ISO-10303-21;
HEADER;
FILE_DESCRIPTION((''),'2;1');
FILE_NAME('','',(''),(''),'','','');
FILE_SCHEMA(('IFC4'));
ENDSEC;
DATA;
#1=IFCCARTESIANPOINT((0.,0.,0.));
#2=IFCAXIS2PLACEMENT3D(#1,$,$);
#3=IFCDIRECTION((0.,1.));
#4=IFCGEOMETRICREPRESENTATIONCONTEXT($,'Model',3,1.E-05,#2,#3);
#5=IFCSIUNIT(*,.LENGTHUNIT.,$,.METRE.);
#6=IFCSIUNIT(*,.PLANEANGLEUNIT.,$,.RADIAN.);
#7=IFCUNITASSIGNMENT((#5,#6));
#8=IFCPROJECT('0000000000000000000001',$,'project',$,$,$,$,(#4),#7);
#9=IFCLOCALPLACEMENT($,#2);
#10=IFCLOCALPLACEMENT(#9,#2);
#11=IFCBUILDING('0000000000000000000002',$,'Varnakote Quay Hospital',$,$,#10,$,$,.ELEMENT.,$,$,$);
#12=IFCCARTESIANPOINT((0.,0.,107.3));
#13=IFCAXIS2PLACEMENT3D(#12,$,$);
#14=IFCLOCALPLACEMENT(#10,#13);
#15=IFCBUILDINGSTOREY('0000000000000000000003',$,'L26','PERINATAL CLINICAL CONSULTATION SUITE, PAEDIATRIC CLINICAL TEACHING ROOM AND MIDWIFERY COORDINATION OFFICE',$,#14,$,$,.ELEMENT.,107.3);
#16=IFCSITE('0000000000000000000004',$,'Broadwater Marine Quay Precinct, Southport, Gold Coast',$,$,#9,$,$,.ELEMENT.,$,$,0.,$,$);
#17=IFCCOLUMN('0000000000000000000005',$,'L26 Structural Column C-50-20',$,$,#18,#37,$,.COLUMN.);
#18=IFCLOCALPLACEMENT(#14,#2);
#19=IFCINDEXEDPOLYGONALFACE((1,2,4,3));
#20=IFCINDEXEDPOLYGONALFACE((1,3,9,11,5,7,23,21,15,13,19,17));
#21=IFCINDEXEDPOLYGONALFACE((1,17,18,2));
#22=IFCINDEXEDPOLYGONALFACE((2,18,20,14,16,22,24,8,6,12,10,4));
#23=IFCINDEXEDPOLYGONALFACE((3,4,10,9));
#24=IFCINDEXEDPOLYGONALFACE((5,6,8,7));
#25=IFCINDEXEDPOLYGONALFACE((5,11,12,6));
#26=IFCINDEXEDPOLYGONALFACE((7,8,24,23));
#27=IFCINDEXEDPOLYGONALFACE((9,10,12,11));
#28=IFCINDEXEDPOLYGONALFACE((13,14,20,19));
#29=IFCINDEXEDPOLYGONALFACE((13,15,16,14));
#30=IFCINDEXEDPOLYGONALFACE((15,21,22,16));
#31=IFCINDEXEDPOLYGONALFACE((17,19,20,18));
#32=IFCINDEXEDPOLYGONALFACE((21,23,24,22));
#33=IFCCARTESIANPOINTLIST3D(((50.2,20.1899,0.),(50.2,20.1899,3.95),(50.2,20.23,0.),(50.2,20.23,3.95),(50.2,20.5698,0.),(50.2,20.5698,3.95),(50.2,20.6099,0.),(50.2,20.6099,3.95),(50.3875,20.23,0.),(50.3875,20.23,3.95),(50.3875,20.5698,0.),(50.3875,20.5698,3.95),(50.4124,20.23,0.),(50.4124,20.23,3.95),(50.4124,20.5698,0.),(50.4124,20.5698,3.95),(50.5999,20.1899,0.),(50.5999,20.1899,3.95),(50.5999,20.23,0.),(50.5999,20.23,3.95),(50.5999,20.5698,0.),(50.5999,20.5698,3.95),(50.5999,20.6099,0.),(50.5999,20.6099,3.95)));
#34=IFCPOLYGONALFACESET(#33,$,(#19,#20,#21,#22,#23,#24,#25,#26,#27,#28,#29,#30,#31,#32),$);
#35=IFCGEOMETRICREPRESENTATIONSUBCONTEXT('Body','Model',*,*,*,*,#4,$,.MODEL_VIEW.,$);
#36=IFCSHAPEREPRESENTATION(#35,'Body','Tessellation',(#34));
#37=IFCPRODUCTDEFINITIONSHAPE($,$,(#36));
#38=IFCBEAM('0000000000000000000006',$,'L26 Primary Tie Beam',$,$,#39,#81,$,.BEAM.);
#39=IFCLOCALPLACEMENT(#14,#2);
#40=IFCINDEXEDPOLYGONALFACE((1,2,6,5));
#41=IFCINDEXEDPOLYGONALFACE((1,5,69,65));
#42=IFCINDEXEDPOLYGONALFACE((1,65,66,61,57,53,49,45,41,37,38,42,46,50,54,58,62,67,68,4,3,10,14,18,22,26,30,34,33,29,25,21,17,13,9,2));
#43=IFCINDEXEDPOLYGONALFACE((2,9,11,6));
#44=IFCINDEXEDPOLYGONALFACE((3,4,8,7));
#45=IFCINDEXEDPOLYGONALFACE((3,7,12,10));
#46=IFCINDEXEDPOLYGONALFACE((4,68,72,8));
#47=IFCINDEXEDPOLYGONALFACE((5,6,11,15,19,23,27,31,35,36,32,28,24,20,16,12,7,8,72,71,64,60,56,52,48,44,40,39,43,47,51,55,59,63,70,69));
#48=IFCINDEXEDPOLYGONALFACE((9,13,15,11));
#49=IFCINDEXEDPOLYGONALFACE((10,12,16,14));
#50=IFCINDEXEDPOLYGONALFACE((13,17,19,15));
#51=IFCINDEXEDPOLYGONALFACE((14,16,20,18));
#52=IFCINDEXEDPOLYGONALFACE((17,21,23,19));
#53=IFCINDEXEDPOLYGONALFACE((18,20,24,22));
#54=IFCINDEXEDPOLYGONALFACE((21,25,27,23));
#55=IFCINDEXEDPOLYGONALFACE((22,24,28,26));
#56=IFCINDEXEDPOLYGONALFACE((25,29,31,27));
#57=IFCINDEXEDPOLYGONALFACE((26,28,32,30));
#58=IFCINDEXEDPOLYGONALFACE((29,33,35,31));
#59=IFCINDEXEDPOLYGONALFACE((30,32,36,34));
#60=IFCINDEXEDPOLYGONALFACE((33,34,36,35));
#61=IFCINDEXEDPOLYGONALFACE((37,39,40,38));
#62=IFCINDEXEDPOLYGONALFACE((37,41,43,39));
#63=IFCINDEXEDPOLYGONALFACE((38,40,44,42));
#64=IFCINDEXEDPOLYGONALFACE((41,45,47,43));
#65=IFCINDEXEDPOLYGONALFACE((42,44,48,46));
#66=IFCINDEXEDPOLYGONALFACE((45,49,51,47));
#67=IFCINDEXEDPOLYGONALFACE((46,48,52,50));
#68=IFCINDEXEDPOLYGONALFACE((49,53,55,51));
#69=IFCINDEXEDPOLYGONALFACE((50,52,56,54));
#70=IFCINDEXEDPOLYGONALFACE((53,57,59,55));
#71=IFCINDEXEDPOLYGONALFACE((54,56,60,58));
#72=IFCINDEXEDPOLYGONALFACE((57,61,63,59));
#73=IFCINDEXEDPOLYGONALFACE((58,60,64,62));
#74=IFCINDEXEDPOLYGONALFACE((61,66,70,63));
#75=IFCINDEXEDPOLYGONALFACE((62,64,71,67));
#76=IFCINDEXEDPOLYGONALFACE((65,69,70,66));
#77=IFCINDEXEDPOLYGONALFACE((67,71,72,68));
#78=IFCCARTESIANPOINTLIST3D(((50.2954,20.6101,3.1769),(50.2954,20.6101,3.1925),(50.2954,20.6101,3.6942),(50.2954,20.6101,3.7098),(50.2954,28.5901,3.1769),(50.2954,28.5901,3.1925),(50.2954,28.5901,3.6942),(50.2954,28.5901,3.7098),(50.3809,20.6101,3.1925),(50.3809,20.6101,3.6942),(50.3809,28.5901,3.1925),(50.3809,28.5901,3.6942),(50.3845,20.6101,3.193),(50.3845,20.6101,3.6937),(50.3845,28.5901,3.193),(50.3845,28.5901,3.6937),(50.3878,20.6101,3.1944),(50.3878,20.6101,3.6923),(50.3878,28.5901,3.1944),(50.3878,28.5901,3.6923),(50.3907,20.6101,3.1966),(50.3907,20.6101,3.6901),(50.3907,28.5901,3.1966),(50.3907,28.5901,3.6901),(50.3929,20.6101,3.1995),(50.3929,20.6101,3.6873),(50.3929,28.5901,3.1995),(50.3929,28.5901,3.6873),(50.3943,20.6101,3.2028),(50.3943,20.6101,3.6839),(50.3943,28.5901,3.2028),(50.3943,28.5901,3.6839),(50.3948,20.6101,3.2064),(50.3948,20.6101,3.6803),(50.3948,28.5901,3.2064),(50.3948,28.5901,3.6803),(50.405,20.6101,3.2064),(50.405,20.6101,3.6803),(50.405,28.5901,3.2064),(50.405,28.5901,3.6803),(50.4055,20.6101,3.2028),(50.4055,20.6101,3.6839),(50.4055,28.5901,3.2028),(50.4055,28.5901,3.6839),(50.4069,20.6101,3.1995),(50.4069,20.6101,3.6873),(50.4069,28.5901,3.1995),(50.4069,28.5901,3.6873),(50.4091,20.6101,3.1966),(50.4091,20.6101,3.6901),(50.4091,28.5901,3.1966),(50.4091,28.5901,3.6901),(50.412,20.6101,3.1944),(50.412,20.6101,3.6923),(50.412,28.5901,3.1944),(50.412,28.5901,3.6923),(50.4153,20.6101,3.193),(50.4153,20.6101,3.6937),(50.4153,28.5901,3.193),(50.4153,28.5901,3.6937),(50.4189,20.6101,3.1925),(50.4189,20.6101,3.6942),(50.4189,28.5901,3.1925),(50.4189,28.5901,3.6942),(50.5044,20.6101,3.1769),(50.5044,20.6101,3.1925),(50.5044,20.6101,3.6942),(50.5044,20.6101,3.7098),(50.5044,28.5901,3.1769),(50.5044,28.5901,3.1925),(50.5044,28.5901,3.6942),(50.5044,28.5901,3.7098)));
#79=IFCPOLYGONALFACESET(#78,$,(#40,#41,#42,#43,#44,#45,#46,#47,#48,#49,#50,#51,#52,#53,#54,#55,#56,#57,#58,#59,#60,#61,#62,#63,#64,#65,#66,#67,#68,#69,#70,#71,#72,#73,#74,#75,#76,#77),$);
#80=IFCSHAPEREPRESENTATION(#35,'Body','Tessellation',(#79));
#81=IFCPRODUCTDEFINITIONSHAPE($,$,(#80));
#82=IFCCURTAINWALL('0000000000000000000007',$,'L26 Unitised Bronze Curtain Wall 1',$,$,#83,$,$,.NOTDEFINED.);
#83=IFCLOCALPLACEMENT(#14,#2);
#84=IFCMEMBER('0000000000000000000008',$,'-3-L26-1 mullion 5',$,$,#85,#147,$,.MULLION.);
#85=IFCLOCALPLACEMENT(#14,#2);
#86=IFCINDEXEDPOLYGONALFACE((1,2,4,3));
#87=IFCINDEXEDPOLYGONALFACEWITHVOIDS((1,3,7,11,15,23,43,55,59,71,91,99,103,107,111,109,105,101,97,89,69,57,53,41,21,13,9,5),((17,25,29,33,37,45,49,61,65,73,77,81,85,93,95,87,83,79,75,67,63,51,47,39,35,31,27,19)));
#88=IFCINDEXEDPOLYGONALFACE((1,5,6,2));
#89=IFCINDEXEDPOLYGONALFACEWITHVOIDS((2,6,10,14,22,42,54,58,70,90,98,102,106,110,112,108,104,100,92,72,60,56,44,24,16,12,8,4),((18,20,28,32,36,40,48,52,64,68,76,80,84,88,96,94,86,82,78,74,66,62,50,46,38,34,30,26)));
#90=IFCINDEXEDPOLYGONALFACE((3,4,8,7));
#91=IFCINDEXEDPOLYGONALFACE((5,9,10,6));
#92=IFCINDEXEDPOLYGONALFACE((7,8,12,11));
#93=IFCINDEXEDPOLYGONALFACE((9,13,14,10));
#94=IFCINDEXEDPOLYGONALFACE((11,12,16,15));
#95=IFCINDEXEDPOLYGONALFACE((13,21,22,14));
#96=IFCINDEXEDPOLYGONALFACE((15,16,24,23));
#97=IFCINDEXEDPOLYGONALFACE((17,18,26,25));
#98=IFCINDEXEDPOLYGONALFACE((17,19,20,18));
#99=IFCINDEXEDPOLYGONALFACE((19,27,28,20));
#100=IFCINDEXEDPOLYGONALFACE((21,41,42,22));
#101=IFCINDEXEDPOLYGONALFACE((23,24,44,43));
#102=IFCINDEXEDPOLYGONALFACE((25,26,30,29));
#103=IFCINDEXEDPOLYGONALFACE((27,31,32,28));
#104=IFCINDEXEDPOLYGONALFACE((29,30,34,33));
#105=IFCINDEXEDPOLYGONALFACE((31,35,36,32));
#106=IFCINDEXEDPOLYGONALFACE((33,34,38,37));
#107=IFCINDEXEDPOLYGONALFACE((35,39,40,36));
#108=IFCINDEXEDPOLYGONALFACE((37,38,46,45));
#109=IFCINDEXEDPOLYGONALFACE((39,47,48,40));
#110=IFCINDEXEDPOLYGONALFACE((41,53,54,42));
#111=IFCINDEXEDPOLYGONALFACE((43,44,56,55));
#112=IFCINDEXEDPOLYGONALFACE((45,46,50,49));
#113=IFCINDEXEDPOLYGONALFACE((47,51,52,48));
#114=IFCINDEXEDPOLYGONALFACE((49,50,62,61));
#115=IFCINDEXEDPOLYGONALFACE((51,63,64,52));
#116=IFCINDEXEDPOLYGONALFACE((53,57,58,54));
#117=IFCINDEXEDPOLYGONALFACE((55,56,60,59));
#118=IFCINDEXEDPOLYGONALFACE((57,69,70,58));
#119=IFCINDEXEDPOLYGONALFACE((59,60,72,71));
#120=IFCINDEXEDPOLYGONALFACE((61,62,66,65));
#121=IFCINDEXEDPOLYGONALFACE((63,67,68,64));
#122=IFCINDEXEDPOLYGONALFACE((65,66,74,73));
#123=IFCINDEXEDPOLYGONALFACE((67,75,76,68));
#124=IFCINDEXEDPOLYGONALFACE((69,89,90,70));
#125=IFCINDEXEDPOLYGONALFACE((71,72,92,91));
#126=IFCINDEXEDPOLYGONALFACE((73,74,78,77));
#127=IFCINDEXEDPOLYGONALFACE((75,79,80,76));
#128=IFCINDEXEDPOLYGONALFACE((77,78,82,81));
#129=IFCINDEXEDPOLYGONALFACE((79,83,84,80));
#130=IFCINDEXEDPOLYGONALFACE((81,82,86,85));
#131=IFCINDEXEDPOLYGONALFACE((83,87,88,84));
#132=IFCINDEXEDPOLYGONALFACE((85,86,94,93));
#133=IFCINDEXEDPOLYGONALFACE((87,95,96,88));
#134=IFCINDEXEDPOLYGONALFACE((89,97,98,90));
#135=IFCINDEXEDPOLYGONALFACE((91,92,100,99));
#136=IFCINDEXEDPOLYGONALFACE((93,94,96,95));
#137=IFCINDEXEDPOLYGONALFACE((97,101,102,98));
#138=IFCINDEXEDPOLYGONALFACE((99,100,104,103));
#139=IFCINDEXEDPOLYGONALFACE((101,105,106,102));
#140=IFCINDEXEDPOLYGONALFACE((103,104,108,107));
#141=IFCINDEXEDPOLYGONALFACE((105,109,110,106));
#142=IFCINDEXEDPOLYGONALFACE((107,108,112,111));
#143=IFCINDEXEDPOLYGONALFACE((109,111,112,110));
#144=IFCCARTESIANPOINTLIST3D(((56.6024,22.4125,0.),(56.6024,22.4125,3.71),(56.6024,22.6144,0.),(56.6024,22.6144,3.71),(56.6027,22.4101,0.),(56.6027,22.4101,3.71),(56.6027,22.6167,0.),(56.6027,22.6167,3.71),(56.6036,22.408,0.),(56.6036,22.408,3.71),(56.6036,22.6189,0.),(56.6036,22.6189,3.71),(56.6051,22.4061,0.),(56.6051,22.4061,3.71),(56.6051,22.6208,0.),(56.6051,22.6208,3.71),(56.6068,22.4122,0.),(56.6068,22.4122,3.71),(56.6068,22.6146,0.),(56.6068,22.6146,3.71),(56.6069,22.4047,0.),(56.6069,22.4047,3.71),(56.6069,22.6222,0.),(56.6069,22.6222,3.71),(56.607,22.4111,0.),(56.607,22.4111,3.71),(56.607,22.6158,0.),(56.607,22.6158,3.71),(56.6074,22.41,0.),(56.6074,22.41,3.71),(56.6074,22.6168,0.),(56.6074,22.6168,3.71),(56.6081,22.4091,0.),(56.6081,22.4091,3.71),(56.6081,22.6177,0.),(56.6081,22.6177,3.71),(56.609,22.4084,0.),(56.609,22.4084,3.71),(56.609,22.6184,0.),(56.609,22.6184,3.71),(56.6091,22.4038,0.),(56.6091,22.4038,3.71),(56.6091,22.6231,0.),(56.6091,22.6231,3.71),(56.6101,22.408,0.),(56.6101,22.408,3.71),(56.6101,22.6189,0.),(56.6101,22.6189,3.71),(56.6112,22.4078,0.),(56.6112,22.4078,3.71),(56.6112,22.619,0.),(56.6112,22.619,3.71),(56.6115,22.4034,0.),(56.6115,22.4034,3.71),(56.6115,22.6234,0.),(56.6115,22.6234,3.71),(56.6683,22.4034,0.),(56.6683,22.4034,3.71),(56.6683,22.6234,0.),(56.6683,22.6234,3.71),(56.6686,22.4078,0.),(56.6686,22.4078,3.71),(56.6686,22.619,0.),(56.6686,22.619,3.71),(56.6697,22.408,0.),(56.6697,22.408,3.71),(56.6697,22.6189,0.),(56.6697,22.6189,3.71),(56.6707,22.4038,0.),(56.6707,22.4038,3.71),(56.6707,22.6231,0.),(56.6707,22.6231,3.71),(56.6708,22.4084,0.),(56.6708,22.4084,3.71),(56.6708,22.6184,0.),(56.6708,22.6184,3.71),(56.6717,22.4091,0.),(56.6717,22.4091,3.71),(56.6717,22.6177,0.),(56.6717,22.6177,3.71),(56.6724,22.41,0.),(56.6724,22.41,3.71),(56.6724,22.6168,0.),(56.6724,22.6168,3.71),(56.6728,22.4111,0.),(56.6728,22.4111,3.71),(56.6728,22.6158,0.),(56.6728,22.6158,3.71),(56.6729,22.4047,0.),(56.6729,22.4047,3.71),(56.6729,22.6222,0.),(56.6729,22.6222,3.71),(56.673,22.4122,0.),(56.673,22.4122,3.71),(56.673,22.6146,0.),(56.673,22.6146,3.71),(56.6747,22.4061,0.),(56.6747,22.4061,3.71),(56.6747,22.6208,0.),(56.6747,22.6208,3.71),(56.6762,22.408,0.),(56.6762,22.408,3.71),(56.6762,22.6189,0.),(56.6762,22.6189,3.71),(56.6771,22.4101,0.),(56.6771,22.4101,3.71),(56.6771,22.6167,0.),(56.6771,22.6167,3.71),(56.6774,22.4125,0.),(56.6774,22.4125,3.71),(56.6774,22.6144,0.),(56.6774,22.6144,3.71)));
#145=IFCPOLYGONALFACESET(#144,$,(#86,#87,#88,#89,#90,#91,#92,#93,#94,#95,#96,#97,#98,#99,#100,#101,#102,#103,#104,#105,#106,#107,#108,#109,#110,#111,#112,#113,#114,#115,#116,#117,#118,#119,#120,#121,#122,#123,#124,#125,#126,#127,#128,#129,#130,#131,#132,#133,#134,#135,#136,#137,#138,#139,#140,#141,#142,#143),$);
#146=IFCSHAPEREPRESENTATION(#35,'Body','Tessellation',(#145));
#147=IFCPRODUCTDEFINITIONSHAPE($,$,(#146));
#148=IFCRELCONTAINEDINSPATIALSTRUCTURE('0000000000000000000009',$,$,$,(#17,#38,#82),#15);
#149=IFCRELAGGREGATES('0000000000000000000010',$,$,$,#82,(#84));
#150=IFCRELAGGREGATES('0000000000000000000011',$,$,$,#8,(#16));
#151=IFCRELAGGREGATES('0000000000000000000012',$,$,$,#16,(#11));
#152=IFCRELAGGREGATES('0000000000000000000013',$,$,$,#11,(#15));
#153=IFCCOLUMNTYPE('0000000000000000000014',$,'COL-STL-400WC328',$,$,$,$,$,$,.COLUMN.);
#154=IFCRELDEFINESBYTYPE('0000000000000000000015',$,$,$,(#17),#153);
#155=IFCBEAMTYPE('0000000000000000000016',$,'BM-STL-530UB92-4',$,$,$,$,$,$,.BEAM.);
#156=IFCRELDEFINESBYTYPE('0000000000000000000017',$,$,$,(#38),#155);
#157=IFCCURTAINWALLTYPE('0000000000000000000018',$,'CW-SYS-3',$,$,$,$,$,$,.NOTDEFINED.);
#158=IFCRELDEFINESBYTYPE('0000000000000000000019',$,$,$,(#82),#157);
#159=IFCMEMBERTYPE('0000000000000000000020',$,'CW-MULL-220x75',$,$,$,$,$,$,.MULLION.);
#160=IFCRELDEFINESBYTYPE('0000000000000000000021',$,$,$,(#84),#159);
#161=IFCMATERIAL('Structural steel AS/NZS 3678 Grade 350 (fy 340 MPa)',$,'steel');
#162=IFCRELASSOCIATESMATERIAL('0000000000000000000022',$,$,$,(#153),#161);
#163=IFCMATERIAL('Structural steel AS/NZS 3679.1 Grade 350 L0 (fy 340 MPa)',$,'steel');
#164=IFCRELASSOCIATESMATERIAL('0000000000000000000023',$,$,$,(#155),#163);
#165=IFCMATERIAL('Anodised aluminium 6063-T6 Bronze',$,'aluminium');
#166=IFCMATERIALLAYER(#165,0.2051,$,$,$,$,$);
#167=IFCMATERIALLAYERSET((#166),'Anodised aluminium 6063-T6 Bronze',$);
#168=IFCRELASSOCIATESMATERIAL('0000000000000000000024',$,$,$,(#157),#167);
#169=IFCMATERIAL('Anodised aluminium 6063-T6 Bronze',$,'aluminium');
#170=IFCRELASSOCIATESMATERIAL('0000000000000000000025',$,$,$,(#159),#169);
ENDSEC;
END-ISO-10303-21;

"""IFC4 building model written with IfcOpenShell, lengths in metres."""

from ifc_helpers import new_model, si_unit, direction, frame, origin, origin_2d, place, context, subcontext, project, spatial, hollow_rectangle, i_section, extrude, material, layer, layer_set, material_profile, profile_set, type_object, element, aggregate, save


model = new_model("IFC4")

# Units and contexts
model_context = context("Model", 3, precision=1e-05, world=origin(), true_north=direction((0.0, 1.0)))
body_context = subcontext(model_context, "Body", "Model", "MODEL_VIEW")
ifc_project = project(units=[si_unit("LENGTHUNIT", "METRE"), si_unit("PLANEANGLEUNIT", "RADIAN")], contexts=[model_context])

# Site, building, storey
site_placement = place(None, origin())
site = spatial("IfcSite", under=ifc_project, at=site_placement, Name="Broadwater Marine Quay Precinct, Southport, Gold Coast", CompositionType="ELEMENT", RefElevation=0.0)
building_placement = place(site_placement, origin())
building = spatial("IfcBuilding", under=site, at=building_placement, Name="Varnakote Quay Hospital", CompositionType="ELEMENT")
storey_placement = place(building_placement, frame((0.0, 0.0, 107.3)))
storey = spatial("IfcBuildingStorey", under=building, at=storey_placement, Name="L26", Description="PERINATAL CLINICAL CONSULTATION SUITE, PAEDIATRIC CLINICAL TEACHING ROOM AND MIDWIFERY COORDINATION OFFICE", CompositionType="ELEMENT", Elevation=107.3)

# Column
ifc_material_1 = material(Name="Structural steel AS/NZS 3678 Grade 350 (fy 340 MPa)", Category="steel")
ifc_material_profile_1 = material_profile(ifc_material_1, i_section(OverallWidth=0.3999, OverallDepth=0.4199, WebThickness=0.0249, FlangeThickness=0.04, at=origin_2d()), Name="400WC328")
ifc_profile_set_1 = profile_set([ifc_material_profile_1], Name="Structural steel AS/NZS 3678 Grade 350 (fy 340 MPa)")
column_type = type_object("IfcColumnType", Name="COL-STL-400WC328", PredefinedType="COLUMN", material=ifc_profile_set_1)
column_placement = place(storey_placement, frame((50.3999, 20.3999, 0.0), z_axis=(0.0, 0.0, 1.0), x_axis=(1.0, 0.0, 0.0)))
element("IfcColumn", 1, at=column_placement, inside=storey, type_object=column_type, Name="L26 Structural Column C-50-20", PredefinedType="COLUMN", context=body_context, shape_type="SweptSolid", body=[
    extrude(i_section(OverallWidth=0.3999, OverallDepth=0.4199, WebThickness=0.0249, FlangeThickness=0.04, at=origin_2d()), origin(), (0.0, 0.0, 1.0), 3.95),
])

# Beam
ifc_material_2 = material(Name="Structural steel AS/NZS 3679.1 Grade 350 L0 (fy 340 MPa)", Category="steel")
ifc_material_profile_2 = material_profile(ifc_material_2, i_section(OverallWidth=0.209, OverallDepth=0.533, WebThickness=0.0103, FlangeThickness=0.0156, FilletRadius=0.0139, at=origin_2d()), Name="530UB92.4")
ifc_profile_set_2 = profile_set([ifc_material_profile_2], Name="Structural steel AS/NZS 3679.1 Grade 350 L0 (fy 340 MPa)")
beam_type = type_object("IfcBeamType", Name="BM-STL-530UB92-4", PredefinedType="BEAM", material=ifc_profile_set_2)
beam_placement = place(storey_placement, frame((50.3999, 20.6101, 3.4434), z_axis=(0.0, 1.0, 0.0), x_axis=(-1.0, 0.0, 0.0)))
element("IfcBeam", 2, at=beam_placement, inside=storey, type_object=beam_type, Name="L26 Primary Tie Beam", PredefinedType="BEAM", context=body_context, shape_type="SweptSolid", body=[
    extrude(i_section(OverallWidth=0.209, OverallDepth=0.533, WebThickness=0.0103, FlangeThickness=0.0156, FilletRadius=0.0139, at=origin_2d()), origin(), (0.0, 0.0, 1.0), 7.98),
])

# Curtain wall, member
ifc_material_3 = material(Name="Anodised aluminium 6063-T6 Bronze", Category="aluminium")
ifc_layer_1 = layer(ifc_material_3, 0.2051)
ifc_layer_set_1 = layer_set([ifc_layer_1], Name="Anodised aluminium 6063-T6 Bronze")
curtain_wall_type = type_object("IfcCurtainWallType", Name="CW-SYS-3", PredefinedType="NOTDEFINED", material=ifc_layer_set_1)
curtain_wall_placement = place(storey_placement, origin())
curtain_wall = element("IfcCurtainWall", 3, at=curtain_wall_placement, inside=storey, type_object=curtain_wall_type, Name="L26 Unitised Bronze Curtain Wall 1", PredefinedType="NOTDEFINED")
ifc_material_4 = material(Name="Anodised aluminium 6063-T6 Bronze", Category="aluminium")
ifc_material_profile_3 = material_profile(ifc_material_4, hollow_rectangle(XDim=0.075, YDim=0.22, WallThickness=0.0044, InnerFilletRadius=0.0044, OuterFilletRadius=0.009, at=origin_2d()), Name="CW-MULL-220x75")
ifc_profile_set_3 = profile_set([ifc_material_profile_3], Name="Anodised aluminium 6063-T6 Bronze")
member_type_1 = type_object("IfcMemberType", Name="CW-MULL-220x75", PredefinedType="MULLION", material=ifc_profile_set_3)
member_1_placement = place(storey_placement, frame((56.6399, 22.5134, 0.0), z_axis=(0.0, 0.0, 1.0), x_axis=(-1.0, 0.0, 0.0)))
member_1 = element("IfcMember", 4, at=member_1_placement, type_object=member_type_1, Name="-3-L26-1 mullion 5", PredefinedType="MULLION", context=body_context, shape_type="SweptSolid", body=[
    extrude(hollow_rectangle(XDim=0.075, YDim=0.22, WallThickness=0.0044, InnerFilletRadius=0.0044, OuterFilletRadius=0.009, at=origin_2d()), origin(), (0.0, 0.0, 1.0), 3.71),
])
aggregate(curtain_wall, [member_1])

save(model, "model.ifc")
